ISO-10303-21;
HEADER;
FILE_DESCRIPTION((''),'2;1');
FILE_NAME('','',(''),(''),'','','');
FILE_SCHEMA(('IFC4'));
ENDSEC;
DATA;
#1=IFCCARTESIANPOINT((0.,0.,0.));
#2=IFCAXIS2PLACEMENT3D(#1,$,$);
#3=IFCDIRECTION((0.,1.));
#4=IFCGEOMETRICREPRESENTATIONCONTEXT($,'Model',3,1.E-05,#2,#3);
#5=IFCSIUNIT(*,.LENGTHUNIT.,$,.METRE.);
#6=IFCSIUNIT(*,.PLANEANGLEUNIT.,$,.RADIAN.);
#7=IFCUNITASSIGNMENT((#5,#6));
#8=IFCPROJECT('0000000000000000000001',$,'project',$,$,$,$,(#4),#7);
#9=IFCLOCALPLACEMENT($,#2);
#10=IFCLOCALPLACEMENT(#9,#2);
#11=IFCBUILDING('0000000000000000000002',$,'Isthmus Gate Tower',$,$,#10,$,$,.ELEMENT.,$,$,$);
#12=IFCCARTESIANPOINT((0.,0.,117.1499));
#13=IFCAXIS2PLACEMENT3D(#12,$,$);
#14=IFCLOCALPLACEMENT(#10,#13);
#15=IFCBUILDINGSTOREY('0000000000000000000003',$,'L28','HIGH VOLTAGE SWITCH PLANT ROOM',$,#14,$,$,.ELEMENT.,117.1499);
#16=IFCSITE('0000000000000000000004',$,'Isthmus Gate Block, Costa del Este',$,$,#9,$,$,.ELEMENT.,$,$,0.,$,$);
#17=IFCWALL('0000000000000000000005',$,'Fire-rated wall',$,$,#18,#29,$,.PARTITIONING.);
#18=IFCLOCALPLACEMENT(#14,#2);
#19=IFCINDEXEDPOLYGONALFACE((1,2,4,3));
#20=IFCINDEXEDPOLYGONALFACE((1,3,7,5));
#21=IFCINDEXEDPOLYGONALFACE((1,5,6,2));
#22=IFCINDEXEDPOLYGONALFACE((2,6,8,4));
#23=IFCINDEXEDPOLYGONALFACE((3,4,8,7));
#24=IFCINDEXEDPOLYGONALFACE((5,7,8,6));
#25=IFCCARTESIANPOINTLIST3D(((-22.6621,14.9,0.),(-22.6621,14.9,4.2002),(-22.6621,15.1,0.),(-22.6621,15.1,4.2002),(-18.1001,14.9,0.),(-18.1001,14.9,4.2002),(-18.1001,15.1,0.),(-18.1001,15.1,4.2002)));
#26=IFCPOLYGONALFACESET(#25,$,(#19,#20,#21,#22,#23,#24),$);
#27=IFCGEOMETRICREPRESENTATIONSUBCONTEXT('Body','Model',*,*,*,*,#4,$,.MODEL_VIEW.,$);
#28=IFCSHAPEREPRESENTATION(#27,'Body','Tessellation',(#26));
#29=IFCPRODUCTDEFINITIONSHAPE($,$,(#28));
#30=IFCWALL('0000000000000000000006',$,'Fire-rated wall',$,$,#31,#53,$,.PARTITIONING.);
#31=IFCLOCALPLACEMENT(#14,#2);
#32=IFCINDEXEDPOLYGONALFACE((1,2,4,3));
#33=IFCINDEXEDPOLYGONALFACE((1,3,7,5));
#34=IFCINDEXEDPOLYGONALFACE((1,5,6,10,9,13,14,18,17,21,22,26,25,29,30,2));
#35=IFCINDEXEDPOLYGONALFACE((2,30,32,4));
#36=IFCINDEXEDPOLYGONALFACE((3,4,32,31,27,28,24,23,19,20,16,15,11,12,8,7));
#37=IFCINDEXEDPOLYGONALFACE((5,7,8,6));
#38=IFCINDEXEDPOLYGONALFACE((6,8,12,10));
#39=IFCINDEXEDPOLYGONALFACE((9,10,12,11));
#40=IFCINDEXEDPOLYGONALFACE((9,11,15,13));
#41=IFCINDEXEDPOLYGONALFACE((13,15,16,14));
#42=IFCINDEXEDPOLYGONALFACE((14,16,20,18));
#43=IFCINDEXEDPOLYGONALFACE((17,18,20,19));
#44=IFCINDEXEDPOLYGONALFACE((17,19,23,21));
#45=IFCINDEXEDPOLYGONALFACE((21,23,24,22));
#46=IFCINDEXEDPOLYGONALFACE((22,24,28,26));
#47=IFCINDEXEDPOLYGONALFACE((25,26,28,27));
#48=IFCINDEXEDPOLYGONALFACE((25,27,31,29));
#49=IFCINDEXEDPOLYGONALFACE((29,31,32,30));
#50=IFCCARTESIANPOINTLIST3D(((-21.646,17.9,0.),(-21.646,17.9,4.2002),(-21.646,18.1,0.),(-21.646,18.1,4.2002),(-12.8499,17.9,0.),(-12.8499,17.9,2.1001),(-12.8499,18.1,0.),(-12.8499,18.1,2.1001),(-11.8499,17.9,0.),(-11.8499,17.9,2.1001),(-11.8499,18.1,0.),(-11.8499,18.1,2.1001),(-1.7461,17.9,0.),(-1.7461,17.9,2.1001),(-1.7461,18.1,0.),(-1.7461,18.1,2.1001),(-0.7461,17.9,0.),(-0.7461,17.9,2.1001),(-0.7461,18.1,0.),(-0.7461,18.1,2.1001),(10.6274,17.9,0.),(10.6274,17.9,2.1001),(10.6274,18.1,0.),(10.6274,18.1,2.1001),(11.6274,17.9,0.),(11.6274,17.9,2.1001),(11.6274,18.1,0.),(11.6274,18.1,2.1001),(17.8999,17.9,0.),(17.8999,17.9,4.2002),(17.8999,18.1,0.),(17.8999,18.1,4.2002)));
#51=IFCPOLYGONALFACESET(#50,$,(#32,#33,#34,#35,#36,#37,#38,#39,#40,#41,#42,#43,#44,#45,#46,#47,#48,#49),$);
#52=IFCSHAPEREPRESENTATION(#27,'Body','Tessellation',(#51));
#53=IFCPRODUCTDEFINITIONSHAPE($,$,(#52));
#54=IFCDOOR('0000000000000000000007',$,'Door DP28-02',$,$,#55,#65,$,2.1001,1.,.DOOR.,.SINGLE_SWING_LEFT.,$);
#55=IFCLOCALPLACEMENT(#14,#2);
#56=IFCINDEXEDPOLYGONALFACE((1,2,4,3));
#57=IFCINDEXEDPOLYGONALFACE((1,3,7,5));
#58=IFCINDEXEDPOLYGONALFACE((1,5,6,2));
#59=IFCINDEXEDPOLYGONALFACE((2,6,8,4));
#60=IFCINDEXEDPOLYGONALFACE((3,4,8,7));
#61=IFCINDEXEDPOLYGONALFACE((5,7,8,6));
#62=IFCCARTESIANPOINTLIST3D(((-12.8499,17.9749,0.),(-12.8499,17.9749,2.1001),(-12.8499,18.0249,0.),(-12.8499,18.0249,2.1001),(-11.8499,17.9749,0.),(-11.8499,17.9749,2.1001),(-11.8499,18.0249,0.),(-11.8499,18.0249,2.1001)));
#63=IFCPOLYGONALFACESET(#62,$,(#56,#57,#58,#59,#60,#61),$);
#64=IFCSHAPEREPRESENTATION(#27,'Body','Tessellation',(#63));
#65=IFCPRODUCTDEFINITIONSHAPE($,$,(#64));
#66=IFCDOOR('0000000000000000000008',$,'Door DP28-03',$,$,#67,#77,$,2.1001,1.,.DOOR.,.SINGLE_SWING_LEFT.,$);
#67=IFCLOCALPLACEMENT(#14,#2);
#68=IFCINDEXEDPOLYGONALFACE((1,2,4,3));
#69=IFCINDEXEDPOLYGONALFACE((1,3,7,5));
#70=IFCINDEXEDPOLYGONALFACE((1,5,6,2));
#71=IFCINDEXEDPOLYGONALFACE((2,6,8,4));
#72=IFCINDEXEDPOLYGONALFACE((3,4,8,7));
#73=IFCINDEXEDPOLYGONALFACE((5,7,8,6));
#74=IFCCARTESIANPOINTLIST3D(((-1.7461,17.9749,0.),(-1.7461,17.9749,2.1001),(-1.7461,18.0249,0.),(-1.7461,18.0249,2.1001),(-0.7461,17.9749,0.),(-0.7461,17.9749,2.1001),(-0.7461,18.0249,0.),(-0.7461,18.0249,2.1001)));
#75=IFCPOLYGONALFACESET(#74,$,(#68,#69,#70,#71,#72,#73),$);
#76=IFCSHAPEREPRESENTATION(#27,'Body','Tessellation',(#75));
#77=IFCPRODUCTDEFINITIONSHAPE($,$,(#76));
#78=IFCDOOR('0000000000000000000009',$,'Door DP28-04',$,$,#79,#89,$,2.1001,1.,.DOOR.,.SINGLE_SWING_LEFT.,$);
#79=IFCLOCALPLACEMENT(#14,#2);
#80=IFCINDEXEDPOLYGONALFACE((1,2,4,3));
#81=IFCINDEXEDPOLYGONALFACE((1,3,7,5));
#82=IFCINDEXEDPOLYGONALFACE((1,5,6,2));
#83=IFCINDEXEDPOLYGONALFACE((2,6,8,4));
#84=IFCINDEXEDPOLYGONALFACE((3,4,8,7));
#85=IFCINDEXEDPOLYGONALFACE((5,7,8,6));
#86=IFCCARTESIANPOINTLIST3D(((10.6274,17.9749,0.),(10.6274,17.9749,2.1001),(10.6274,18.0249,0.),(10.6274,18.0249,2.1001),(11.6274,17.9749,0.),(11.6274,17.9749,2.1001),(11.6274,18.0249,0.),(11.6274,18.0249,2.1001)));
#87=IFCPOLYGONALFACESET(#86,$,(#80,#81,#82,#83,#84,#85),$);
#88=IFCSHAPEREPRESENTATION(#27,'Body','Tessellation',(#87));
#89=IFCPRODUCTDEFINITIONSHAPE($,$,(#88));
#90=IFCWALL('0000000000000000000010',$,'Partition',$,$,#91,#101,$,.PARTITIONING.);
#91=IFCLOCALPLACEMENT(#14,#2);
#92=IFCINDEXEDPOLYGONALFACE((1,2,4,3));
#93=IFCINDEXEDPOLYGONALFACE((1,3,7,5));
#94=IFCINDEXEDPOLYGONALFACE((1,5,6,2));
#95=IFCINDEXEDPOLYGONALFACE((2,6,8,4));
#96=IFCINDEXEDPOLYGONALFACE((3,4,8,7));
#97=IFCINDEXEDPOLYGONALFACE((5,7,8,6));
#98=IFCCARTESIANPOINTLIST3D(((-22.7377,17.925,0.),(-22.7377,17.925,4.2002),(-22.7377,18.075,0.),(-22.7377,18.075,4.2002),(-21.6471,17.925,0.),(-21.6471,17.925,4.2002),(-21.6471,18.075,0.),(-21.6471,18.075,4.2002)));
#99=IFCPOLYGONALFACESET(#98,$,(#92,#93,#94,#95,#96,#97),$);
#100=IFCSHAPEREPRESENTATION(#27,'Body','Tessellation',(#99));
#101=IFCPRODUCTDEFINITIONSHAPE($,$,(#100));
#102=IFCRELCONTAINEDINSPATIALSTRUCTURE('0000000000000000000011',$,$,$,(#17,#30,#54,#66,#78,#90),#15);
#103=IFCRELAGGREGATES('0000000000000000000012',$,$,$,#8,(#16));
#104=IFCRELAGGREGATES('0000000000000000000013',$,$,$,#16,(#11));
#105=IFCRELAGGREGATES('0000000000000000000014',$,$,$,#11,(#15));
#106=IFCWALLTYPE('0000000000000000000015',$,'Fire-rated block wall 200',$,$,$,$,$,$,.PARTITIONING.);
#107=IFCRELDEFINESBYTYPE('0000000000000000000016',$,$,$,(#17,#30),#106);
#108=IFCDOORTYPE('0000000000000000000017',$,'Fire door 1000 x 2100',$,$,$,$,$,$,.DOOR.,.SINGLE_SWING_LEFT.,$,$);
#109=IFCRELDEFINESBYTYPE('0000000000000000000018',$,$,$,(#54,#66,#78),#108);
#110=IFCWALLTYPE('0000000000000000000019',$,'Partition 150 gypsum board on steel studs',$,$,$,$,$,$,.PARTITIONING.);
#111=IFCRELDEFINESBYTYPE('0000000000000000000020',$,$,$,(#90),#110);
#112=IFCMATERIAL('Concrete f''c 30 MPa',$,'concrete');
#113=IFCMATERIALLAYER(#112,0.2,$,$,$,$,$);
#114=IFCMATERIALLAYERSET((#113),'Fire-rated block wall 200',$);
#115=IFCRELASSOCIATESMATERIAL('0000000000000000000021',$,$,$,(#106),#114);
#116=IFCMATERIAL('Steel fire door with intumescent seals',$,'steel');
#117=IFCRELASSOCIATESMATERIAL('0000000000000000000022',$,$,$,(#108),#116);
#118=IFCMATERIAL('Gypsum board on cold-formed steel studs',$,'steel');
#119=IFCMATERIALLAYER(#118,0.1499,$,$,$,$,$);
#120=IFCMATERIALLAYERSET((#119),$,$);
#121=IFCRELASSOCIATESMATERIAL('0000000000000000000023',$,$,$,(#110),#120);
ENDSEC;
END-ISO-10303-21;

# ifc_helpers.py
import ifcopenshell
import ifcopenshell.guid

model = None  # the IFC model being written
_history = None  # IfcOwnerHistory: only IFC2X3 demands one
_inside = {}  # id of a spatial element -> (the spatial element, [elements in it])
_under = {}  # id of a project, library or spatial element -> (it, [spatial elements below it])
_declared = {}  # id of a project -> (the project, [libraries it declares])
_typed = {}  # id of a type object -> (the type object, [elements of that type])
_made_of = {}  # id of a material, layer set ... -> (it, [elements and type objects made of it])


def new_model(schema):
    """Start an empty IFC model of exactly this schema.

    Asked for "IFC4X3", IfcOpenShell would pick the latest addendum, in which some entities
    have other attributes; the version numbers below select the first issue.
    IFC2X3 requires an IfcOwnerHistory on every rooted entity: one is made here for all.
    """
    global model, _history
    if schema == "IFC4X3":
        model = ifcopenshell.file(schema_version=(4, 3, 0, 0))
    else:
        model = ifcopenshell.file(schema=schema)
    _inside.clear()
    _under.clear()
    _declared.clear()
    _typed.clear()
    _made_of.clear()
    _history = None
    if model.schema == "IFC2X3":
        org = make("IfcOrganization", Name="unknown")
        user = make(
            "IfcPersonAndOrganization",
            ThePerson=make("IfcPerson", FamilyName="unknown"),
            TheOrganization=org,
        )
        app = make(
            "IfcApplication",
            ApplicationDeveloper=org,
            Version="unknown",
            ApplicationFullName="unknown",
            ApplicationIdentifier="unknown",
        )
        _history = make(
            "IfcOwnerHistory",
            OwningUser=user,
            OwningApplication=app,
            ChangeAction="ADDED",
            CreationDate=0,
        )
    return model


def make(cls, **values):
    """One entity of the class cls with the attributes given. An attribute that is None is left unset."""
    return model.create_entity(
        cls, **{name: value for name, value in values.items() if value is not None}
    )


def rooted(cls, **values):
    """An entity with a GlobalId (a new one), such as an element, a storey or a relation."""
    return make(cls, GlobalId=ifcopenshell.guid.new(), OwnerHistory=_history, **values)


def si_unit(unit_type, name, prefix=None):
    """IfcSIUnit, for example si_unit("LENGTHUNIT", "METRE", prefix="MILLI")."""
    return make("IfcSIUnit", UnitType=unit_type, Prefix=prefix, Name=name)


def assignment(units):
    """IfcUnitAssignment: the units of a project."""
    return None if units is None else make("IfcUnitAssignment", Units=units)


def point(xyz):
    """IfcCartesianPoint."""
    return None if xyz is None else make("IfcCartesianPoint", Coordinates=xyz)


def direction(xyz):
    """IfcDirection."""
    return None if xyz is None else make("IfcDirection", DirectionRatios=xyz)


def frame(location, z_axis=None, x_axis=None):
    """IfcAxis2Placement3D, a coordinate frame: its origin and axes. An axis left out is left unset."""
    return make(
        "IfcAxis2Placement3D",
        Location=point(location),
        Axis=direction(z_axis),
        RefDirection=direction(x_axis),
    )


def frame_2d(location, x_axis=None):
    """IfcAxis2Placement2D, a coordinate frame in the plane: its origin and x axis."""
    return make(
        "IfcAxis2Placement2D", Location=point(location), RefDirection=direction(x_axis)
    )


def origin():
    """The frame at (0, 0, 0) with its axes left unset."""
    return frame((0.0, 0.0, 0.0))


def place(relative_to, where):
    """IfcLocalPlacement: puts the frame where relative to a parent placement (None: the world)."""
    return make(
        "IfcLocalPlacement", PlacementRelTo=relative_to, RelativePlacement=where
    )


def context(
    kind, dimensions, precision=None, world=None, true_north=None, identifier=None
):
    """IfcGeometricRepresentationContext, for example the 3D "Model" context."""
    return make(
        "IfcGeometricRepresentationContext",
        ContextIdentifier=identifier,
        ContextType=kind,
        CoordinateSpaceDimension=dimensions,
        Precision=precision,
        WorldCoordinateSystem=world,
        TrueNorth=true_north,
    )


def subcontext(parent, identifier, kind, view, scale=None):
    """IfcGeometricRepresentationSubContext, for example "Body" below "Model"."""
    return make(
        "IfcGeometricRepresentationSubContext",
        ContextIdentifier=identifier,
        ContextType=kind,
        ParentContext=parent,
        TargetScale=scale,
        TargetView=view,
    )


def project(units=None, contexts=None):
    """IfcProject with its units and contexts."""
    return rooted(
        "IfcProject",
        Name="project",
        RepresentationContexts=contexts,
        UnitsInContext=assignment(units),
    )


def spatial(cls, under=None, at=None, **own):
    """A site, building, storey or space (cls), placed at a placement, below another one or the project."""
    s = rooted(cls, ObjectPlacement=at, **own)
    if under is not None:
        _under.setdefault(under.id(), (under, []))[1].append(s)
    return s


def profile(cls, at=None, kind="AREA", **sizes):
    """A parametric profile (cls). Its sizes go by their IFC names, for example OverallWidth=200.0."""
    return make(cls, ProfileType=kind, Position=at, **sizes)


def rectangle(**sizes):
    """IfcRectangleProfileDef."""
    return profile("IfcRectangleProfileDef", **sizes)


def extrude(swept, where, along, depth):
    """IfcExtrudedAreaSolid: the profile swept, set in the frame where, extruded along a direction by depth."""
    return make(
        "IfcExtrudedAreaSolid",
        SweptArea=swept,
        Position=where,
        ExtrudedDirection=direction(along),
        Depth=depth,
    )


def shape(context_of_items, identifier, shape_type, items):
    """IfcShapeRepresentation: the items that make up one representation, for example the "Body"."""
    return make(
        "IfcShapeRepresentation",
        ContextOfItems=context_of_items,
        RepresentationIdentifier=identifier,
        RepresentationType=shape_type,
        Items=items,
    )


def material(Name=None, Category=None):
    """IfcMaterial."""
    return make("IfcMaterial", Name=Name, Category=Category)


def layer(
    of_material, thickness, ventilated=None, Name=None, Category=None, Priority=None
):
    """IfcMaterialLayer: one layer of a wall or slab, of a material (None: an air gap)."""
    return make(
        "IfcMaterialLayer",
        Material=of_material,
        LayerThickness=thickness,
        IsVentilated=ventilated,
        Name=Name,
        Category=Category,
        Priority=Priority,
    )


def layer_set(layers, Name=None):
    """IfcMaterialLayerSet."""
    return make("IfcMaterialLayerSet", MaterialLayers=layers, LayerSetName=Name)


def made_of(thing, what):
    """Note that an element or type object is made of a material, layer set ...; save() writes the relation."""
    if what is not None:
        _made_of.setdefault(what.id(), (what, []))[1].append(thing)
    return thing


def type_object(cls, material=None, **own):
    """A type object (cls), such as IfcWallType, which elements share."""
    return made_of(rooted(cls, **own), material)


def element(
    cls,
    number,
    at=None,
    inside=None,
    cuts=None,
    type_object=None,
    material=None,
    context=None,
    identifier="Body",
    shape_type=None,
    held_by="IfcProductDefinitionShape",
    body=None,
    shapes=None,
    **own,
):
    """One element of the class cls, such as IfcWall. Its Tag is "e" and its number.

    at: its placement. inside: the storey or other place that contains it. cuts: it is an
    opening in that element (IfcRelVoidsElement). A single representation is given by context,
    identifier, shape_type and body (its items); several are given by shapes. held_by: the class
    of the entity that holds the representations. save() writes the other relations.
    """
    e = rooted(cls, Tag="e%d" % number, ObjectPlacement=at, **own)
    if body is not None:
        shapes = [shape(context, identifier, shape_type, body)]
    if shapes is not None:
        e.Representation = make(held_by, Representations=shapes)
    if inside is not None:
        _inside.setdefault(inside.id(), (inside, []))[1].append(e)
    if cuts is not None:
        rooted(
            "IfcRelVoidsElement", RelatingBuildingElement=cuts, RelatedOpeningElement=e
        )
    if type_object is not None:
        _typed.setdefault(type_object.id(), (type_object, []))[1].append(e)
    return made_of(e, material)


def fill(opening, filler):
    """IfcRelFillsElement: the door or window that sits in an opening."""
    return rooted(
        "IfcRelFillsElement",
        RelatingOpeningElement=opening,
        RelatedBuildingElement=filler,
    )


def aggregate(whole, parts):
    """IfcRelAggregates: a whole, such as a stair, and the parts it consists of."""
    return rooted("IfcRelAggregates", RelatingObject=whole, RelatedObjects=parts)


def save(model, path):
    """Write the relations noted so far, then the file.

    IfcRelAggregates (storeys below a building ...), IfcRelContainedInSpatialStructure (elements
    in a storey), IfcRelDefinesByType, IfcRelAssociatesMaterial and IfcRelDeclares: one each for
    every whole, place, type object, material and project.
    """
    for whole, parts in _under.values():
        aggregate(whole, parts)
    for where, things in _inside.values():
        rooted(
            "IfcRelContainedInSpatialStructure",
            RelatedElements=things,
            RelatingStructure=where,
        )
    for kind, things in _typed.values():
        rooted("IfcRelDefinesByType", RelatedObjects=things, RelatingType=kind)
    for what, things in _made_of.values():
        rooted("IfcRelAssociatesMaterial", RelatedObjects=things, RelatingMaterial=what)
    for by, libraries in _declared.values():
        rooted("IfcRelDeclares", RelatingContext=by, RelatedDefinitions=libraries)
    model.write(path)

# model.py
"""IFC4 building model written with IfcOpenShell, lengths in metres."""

from ifc_helpers import new_model, si_unit, direction, frame, frame_2d, origin, place, context, subcontext, project, spatial, rectangle, extrude, material, layer, layer_set, type_object, element, fill, save


model = new_model("IFC4")

# Units and contexts
model_context = context("Model", 3, precision=1e-05, world=origin(), true_north=direction((0.0, 1.0)))
body_context = subcontext(model_context, "Body", "Model", "MODEL_VIEW")
ifc_project = project(units=[si_unit("LENGTHUNIT", "METRE"), si_unit("PLANEANGLEUNIT", "RADIAN")], contexts=[model_context])

# Site, building, storey
site_placement = place(None, origin())
site = spatial("IfcSite", under=ifc_project, at=site_placement, Name="Isthmus Gate Block, Costa del Este", CompositionType="ELEMENT", RefElevation=0.0)
building_placement = place(site_placement, origin())
building = spatial("IfcBuilding", under=site, at=building_placement, Name="Isthmus Gate Tower", CompositionType="ELEMENT")
storey_placement = place(building_placement, frame((0.0, 0.0, 117.1499)))
storey = spatial("IfcBuildingStorey", under=building, at=storey_placement, Name="L28", Description="HIGH VOLTAGE SWITCH PLANT ROOM", CompositionType="ELEMENT", Elevation=117.1499)

# Wall
ifc_material_1 = material(Name="Concrete f'c 30 MPa", Category="concrete")
ifc_layer_1 = layer(ifc_material_1, 0.2)
ifc_layer_set_1 = layer_set([ifc_layer_1], Name="Fire-rated block wall 200")
wall_type_1 = type_object("IfcWallType", Name="Fire-rated block wall 200", PredefinedType="PARTITIONING", material=ifc_layer_set_1)
wall_1_placement = place(storey_placement, frame((-22.6621, 15.0, 0.0), z_axis=(0.0, 0.0, 1.0), x_axis=(1.0, 0.0, 0.0)))
element("IfcWall", 1, at=wall_1_placement, inside=storey, type_object=wall_type_1, Name="Fire-rated wall", PredefinedType="PARTITIONING", context=body_context, shape_type="SweptSolid", body=[
    extrude(rectangle(XDim=4.562, YDim=0.2, at=frame_2d((2.281, 0.0))), origin(), (0.0, 0.0, 1.0), 4.2002),
])

# Wall, openings, doors
wall_2_placement = place(storey_placement, frame((-21.646, 18.0, 0.0), z_axis=(0.0, 0.0, 1.0), x_axis=(1.0, 0.0, 0.0)))
wall_2 = element("IfcWall", 2, at=wall_2_placement, inside=storey, type_object=wall_type_1, Name="Fire-rated wall", PredefinedType="PARTITIONING", context=body_context, shape_type="SweptSolid", body=[
    extrude(rectangle(XDim=39.5459, YDim=0.2, at=frame_2d((19.7729, 0.0))), origin(), (0.0, 0.0, 1.0), 4.2002),
])
opening_1_placement = place(wall_2_placement, frame((8.7961, 0.0, 0.0)))
opening_1 = element("IfcOpeningElement", 3, at=opening_1_placement, cuts=wall_2, PredefinedType="OPENING", context=body_context, shape_type="SweptSolid", body=[
    extrude(rectangle(XDim=1.0, YDim=2.1001, at=frame_2d((0.5, 1.05))), frame((0.0, 0.1099, 0.0), z_axis=(0.0, -1.0, 0.0), x_axis=(1.0, 0.0, 0.0)), (0.0, 0.0, 1.0), 0.22),
])
opening_2_placement = place(wall_2_placement, frame((19.8999, 0.0, 0.0)))
opening_2 = element("IfcOpeningElement", 4, at=opening_2_placement, cuts=wall_2, PredefinedType="OPENING", context=body_context, shape_type="SweptSolid", body=[
    extrude(rectangle(XDim=1.0, YDim=2.1001, at=frame_2d((0.5, 1.05))), frame((0.0, 0.1099, 0.0), z_axis=(0.0, -1.0, 0.0), x_axis=(1.0, 0.0, 0.0)), (0.0, 0.0, 1.0), 0.22),
])
opening_3_placement = place(wall_2_placement, frame((32.2734, 0.0, 0.0)))
opening_3 = element("IfcOpeningElement", 5, at=opening_3_placement, cuts=wall_2, PredefinedType="OPENING", context=body_context, shape_type="SweptSolid", body=[
    extrude(rectangle(XDim=1.0, YDim=2.1001, at=frame_2d((0.5, 1.05))), frame((0.0, 0.1099, 0.0), z_axis=(0.0, -1.0, 0.0), x_axis=(1.0, 0.0, 0.0)), (0.0, 0.0, 1.0), 0.22),
])
ifc_material_2 = material(Name="Steel fire door with intumescent seals", Category="steel")
door_type_1 = type_object("IfcDoorType", Name="Fire door 1000 x 2100", OperationType="SINGLE_SWING_LEFT", PredefinedType="DOOR", material=ifc_material_2)
door_1_placement = place(opening_1_placement, origin())
door_1 = element("IfcDoor", 6, at=door_1_placement, inside=storey, type_object=door_type_1, Name="Door DP28-02", OperationType="SINGLE_SWING_LEFT", OverallHeight=2.1001, OverallWidth=1.0, PredefinedType="DOOR", context=body_context, shape_type="SweptSolid", body=[
    extrude(rectangle(XDim=1.0, YDim=2.1001, at=frame_2d((0.5, 1.05))), frame((0.0, 0.0249, 0.0), z_axis=(0.0, -1.0, 0.0), x_axis=(1.0, 0.0, 0.0)), (0.0, 0.0, 1.0), 0.05),
])
fill(opening_1, door_1)
door_2_placement = place(opening_2_placement, origin())
door_2 = element("IfcDoor", 7, at=door_2_placement, inside=storey, type_object=door_type_1, Name="Door DP28-03", OperationType="SINGLE_SWING_LEFT", OverallHeight=2.1001, OverallWidth=1.0, PredefinedType="DOOR", context=body_context, shape_type="SweptSolid", body=[
    extrude(rectangle(XDim=1.0, YDim=2.1001, at=frame_2d((0.5, 1.05))), frame((0.0, 0.0249, 0.0), z_axis=(0.0, -1.0, 0.0), x_axis=(1.0, 0.0, 0.0)), (0.0, 0.0, 1.0), 0.05),
])
fill(opening_2, door_2)
door_3_placement = place(opening_3_placement, origin())
door_3 = element("IfcDoor", 8, at=door_3_placement, inside=storey, type_object=door_type_1, Name="Door DP28-04", OperationType="SINGLE_SWING_LEFT", OverallHeight=2.1001, OverallWidth=1.0, PredefinedType="DOOR", context=body_context, shape_type="SweptSolid", body=[
    extrude(rectangle(XDim=1.0, YDim=2.1001, at=frame_2d((0.5, 1.05))), frame((0.0, 0.0249, 0.0), z_axis=(0.0, -1.0, 0.0), x_axis=(1.0, 0.0, 0.0)), (0.0, 0.0, 1.0), 0.05),
])
fill(opening_3, door_3)

# Wall
ifc_material_3 = material(Name="Gypsum board on cold-formed steel studs", Category="steel")
ifc_layer_2 = layer(ifc_material_3, 0.1499)
ifc_layer_set_2 = layer_set([ifc_layer_2])
wall_type_2 = type_object("IfcWallType", Name="Partition 150 gypsum board on steel studs", PredefinedType="PARTITIONING", material=ifc_layer_set_2)
wall_3_placement = place(storey_placement, frame((-22.7378, 18.0, 0.0), z_axis=(0.0, 0.0, 1.0), x_axis=(1.0, 0.0, 0.0)))
element("IfcWall", 9, at=wall_3_placement, inside=storey, type_object=wall_type_2, Name="Partition", PredefinedType="PARTITIONING", context=body_context, shape_type="SweptSolid", body=[
    extrude(rectangle(XDim=1.0906, YDim=0.1499, at=frame_2d((0.5454, 0.0))), origin(), (0.0, 0.0, 1.0), 4.2002),
])

save(model, "model.ifc")
